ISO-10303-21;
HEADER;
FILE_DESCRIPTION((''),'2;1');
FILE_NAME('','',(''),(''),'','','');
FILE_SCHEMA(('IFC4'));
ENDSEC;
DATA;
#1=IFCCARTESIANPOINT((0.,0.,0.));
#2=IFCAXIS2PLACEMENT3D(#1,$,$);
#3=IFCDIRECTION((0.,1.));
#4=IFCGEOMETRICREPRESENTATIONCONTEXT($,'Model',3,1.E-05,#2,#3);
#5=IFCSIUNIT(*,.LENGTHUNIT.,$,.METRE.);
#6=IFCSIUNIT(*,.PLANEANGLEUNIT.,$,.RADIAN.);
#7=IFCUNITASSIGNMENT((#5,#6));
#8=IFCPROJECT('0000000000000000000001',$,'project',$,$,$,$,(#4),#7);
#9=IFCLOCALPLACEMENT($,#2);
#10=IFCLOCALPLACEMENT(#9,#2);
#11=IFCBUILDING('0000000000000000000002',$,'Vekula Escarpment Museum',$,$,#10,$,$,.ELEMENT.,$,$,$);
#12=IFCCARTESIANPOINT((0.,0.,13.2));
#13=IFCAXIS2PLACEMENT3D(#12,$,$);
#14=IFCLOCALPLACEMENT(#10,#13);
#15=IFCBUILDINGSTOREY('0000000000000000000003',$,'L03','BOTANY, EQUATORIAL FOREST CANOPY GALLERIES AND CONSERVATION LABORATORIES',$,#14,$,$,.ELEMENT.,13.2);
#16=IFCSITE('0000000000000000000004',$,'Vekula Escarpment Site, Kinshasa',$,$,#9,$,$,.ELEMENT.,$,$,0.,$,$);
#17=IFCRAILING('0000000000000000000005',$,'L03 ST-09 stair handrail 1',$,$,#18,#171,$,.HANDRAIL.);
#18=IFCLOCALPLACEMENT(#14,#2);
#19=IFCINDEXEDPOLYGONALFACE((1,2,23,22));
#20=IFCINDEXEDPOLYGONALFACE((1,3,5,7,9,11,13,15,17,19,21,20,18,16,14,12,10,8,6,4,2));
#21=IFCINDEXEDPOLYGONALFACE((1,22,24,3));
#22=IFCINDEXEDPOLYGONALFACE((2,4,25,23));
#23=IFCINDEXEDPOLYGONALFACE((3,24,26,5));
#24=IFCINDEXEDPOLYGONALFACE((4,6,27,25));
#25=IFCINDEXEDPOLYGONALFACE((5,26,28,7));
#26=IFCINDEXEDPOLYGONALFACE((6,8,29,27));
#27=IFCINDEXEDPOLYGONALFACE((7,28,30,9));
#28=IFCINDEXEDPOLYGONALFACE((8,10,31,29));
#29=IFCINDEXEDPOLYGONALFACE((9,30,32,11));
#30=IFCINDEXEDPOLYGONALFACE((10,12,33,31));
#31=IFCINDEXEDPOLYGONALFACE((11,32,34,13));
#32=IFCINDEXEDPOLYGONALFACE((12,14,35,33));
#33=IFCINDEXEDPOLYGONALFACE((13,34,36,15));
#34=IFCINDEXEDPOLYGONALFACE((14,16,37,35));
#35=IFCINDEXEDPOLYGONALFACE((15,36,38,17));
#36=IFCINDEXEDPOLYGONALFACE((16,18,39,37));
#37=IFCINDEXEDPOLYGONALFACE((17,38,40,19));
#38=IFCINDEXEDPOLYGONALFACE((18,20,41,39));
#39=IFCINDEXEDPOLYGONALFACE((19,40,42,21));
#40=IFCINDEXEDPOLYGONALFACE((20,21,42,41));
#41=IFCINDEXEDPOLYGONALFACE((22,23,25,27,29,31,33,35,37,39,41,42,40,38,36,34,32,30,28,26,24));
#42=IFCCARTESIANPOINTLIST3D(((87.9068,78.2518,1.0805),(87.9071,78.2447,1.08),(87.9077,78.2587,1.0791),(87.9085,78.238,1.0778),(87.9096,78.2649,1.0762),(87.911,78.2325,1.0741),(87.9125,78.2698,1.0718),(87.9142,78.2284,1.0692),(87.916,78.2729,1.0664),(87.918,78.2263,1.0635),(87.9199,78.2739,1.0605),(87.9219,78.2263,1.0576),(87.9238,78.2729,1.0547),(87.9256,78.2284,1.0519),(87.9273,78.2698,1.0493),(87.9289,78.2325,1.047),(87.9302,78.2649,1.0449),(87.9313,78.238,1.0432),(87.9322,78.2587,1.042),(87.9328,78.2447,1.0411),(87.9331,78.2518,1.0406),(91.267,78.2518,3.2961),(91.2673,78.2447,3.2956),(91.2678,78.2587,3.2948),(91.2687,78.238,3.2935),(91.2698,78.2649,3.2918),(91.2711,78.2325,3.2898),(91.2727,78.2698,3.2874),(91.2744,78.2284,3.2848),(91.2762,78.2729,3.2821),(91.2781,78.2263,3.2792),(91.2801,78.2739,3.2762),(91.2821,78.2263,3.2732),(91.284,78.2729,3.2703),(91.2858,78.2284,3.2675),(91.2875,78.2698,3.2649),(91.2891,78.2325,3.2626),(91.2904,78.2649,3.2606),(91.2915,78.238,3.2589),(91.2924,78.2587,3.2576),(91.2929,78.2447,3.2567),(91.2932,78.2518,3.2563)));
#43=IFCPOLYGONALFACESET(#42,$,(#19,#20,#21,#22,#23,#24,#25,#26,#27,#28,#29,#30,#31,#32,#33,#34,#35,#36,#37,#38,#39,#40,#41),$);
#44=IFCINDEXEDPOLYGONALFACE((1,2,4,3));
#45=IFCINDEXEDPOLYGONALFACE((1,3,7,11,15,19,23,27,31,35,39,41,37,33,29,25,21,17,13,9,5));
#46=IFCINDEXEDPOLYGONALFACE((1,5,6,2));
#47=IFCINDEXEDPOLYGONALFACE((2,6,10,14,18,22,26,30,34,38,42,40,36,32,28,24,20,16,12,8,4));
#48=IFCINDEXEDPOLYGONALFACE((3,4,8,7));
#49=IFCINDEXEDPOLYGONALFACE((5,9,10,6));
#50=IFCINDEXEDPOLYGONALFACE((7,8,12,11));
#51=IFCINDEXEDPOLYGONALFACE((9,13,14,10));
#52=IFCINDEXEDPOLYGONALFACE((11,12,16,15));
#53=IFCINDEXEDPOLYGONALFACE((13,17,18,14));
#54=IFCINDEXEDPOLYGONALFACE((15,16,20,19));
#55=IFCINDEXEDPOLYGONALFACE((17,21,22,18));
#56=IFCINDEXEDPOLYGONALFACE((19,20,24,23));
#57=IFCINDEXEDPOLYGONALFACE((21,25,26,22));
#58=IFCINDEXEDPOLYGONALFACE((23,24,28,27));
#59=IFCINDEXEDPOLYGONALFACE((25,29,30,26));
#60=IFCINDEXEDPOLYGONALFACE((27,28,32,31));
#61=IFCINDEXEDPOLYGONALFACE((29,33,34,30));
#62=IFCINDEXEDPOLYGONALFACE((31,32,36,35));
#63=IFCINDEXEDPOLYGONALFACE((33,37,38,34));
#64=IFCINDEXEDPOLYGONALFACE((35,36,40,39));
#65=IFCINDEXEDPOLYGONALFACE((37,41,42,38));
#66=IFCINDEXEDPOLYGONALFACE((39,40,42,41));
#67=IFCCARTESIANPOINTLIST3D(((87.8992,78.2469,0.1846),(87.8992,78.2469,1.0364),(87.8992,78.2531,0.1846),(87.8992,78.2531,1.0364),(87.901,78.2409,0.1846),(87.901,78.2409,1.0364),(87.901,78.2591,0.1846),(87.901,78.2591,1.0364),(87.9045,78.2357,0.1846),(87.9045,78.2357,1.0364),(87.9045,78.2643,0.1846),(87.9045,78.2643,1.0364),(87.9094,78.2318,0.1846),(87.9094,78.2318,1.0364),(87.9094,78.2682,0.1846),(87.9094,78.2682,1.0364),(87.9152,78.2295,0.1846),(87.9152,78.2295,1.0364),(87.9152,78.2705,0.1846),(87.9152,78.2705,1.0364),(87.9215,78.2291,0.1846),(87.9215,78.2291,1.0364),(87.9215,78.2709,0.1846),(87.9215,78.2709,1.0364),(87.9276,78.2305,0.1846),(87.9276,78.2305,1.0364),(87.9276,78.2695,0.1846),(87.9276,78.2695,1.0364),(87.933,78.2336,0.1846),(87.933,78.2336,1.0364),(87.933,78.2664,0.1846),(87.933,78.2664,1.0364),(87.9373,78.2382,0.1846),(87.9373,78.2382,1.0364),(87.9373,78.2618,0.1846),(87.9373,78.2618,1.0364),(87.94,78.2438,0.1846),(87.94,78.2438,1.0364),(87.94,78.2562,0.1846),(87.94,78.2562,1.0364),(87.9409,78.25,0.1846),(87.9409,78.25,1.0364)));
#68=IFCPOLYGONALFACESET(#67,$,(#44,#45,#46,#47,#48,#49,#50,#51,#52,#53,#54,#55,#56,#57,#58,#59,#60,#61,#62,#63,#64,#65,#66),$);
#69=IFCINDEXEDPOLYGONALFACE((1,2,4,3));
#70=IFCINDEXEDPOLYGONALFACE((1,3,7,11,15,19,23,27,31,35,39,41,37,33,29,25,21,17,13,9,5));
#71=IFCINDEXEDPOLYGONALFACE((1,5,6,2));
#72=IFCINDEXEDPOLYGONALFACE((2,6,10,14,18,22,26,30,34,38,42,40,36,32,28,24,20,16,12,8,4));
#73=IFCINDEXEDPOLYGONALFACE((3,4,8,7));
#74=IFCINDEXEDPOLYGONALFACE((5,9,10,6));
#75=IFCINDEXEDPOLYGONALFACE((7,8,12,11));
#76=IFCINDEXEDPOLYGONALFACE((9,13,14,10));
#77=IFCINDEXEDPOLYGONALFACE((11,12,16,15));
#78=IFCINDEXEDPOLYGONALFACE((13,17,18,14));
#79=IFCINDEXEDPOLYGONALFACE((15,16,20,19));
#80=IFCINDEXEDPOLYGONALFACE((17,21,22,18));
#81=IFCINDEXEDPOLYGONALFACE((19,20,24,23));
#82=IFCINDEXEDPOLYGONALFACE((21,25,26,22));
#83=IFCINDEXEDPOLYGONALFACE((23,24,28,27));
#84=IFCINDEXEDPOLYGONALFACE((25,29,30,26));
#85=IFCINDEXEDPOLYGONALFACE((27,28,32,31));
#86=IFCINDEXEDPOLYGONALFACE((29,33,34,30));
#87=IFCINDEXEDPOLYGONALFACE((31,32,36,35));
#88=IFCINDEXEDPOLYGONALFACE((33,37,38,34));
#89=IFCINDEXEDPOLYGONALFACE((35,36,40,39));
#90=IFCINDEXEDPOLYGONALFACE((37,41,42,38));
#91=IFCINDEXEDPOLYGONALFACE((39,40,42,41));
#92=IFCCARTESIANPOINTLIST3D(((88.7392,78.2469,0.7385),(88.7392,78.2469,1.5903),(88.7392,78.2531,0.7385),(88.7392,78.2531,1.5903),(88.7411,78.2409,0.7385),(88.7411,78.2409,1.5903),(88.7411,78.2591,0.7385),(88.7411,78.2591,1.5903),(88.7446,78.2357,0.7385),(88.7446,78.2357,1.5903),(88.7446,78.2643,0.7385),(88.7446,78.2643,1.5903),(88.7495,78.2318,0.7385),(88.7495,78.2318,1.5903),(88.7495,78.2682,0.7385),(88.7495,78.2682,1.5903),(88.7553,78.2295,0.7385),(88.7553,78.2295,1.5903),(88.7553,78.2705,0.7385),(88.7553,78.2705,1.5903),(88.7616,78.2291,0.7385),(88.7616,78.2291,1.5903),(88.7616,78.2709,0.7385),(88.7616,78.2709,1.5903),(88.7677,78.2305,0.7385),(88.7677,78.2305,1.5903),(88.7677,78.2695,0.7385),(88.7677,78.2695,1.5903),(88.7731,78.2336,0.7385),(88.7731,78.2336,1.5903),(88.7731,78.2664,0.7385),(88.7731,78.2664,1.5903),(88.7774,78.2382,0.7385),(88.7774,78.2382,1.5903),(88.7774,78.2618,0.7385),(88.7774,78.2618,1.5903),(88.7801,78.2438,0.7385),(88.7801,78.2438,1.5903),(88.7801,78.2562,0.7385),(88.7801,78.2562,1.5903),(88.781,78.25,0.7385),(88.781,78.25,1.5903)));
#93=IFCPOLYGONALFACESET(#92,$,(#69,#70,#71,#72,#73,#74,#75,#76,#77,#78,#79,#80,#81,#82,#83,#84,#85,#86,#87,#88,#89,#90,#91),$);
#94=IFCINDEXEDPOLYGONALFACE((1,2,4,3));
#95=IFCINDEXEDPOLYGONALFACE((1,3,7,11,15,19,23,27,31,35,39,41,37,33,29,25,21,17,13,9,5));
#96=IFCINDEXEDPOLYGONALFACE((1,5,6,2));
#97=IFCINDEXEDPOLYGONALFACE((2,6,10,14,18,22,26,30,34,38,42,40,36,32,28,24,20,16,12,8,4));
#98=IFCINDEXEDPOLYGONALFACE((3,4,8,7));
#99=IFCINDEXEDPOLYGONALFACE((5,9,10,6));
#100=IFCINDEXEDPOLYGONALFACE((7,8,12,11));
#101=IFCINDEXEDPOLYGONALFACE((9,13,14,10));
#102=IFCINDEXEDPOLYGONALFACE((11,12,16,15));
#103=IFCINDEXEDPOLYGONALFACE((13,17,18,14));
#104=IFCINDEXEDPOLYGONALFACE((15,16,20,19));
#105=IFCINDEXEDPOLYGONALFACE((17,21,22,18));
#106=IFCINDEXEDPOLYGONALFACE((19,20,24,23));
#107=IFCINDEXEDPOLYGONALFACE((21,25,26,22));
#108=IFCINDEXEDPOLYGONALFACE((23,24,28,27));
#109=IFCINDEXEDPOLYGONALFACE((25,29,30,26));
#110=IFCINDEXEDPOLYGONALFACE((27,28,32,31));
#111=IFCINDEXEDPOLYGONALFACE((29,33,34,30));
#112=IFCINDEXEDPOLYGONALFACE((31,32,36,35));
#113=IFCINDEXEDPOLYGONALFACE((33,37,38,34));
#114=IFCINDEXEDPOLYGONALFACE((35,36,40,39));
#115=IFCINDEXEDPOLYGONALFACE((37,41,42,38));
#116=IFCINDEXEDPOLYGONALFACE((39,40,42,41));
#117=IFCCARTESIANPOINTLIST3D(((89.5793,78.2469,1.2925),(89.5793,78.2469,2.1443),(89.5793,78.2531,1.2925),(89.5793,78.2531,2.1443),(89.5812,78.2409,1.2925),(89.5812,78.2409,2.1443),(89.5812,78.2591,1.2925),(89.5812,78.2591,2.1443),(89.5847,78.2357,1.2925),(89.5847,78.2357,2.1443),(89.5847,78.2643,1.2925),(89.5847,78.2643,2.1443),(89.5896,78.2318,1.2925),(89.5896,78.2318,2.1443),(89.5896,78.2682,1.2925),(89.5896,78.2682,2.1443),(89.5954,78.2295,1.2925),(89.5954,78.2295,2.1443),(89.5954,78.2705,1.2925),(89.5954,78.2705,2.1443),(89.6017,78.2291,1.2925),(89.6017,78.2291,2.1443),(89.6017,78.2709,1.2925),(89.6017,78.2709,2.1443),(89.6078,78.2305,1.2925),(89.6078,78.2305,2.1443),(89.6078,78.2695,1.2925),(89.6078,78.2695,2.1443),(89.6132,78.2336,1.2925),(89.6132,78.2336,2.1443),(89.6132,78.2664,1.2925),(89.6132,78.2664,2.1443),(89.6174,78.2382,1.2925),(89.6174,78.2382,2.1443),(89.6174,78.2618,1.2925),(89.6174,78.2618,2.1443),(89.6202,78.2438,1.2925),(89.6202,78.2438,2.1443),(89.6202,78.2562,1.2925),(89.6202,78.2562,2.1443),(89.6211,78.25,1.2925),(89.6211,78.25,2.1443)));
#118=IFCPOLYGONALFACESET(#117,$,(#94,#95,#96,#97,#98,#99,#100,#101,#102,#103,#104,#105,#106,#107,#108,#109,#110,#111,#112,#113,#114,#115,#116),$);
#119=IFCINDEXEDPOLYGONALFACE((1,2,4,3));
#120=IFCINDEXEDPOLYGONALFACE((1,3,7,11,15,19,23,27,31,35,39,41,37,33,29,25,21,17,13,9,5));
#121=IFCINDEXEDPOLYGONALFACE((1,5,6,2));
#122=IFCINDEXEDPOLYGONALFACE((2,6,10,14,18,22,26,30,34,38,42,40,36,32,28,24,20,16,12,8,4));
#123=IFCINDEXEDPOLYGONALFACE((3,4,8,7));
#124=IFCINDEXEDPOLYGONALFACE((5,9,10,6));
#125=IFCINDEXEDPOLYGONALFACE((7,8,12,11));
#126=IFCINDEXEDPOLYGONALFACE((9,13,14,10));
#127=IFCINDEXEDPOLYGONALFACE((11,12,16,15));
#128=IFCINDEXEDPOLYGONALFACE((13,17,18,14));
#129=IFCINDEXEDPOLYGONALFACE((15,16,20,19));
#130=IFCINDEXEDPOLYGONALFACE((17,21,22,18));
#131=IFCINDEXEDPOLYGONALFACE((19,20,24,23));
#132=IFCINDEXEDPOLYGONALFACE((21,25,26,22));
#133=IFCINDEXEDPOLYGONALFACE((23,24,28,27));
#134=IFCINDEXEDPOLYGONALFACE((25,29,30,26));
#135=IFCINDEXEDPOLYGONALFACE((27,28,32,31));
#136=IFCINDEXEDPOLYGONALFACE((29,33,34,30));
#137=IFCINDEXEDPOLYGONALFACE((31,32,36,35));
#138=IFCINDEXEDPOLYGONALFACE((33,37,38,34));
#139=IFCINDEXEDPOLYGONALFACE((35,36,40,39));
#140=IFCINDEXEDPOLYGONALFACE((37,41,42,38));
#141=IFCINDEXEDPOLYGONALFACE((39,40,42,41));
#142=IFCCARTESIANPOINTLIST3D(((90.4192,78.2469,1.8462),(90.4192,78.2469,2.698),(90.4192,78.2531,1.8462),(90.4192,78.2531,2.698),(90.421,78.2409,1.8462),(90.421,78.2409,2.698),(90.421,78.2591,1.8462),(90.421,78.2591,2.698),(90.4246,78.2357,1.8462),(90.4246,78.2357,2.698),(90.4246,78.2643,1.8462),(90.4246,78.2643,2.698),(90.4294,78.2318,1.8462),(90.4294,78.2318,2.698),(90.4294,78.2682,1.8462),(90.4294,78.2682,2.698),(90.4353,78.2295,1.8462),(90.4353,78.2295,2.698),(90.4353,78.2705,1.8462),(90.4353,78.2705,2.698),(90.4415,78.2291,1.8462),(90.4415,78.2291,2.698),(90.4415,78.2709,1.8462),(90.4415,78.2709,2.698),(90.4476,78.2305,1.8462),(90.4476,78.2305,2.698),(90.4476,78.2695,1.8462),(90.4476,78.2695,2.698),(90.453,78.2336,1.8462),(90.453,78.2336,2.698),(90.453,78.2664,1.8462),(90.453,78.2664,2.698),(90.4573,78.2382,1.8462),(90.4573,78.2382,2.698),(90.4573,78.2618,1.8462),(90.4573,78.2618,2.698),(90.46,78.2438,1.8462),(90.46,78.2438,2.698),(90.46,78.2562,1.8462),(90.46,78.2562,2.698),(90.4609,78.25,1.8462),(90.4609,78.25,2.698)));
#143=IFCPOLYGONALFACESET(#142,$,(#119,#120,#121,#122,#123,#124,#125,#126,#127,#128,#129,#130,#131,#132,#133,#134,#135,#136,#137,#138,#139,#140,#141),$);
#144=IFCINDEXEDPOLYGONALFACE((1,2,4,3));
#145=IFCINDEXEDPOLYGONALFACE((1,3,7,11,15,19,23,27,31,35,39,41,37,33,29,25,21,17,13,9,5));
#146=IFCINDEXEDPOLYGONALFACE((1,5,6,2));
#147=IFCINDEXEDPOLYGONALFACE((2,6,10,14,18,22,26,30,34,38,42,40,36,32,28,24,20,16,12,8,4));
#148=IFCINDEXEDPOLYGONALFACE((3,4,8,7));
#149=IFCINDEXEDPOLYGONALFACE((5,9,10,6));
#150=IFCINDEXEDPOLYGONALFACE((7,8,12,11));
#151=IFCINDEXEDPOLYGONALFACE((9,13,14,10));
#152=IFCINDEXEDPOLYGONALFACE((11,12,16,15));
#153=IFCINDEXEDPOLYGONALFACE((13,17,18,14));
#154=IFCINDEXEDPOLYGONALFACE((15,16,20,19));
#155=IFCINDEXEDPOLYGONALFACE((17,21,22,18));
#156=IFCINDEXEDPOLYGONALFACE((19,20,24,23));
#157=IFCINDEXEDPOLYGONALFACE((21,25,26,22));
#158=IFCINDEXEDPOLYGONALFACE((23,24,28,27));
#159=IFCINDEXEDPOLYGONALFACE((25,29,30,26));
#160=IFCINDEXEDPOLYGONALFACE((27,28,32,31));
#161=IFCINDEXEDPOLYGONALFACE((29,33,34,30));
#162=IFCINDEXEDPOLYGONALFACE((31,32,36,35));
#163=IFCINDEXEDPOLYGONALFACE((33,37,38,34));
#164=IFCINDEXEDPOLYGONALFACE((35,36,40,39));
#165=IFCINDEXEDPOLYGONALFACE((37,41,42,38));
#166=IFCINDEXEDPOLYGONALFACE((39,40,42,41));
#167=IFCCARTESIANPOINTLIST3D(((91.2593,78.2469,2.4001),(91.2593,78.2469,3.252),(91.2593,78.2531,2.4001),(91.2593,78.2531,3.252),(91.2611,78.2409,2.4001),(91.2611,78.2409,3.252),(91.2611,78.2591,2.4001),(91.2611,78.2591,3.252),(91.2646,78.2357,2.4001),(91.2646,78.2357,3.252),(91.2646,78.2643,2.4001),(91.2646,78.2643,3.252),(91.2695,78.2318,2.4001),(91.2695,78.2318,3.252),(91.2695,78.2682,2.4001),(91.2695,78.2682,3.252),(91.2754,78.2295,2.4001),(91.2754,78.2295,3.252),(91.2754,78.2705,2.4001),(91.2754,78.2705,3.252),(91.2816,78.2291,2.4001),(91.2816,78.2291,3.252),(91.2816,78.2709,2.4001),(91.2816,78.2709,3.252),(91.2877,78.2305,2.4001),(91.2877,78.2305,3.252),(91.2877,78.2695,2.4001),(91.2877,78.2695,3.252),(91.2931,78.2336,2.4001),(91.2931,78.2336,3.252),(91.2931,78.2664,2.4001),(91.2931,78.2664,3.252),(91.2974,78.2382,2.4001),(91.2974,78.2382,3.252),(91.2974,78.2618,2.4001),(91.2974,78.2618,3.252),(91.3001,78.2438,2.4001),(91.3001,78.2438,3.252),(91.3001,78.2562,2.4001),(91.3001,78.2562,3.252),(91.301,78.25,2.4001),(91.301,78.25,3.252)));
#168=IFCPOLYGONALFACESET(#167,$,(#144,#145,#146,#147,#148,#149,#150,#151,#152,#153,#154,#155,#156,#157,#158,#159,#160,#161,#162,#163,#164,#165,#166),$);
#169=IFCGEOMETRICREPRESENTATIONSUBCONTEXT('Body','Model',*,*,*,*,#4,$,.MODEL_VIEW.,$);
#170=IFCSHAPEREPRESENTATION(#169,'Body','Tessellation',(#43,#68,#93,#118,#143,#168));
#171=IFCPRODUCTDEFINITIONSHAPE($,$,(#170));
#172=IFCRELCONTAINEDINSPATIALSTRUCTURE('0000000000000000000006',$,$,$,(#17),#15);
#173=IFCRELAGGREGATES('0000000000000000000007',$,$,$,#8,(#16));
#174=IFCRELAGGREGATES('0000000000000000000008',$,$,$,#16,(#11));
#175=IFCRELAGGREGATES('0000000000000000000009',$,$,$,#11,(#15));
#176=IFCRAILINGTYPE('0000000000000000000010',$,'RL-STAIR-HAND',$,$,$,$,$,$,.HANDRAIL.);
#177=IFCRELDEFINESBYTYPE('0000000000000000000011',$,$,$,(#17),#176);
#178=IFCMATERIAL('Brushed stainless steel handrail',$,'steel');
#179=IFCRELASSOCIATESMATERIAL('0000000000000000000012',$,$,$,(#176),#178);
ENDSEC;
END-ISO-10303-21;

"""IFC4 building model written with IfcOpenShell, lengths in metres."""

from ifc_helpers import new_model, si_unit, direction, frame, origin, origin_2d, place, context, subcontext, project, spatial, circle, extrude, material, type_object, element, save


model = new_model("IFC4")

# Units and contexts
model_context = context("Model", 3, precision=1e-05, world=origin(), true_north=direction((0.0, 1.0)))
body_context = subcontext(model_context, "Body", "Model", "MODEL_VIEW")
ifc_project = project(units=[si_unit("LENGTHUNIT", "METRE"), si_unit("PLANEANGLEUNIT", "RADIAN")], contexts=[model_context])

# Site, building, storey
site_placement = place(None, origin())
site = spatial("IfcSite", under=ifc_project, at=site_placement, Name="Vekula Escarpment Site, Kinshasa", CompositionType="ELEMENT", RefElevation=0.0)
building_placement = place(site_placement, origin())
building = spatial("IfcBuilding", under=site, at=building_placement, Name="Vekula Escarpment Museum", CompositionType="ELEMENT")
storey_placement = place(building_placement, frame((0.0, 0.0, 13.2)))
storey = spatial("IfcBuildingStorey", under=building, at=storey_placement, Name="L03", Description="BOTANY, EQUATORIAL FOREST CANOPY GALLERIES AND CONSERVATION LABORATORIES", CompositionType="ELEMENT", Elevation=13.2)

# Railing
ifc_material_1 = material(Name="Brushed stainless steel handrail", Category="steel")
railing_type_1 = type_object("IfcRailingType", Name="RL-STAIR-HAND", PredefinedType="HANDRAIL", material=ifc_material_1)
railing_1_placement = place(storey_placement, frame((87.9199, 78.25, 0.1846)))
element("IfcRailing", 1, at=railing_1_placement, inside=storey, type_object=railing_type_1, Name="L03 ST-09 stair handrail 1", PredefinedType="HANDRAIL", context=body_context, shape_type="SweptSolid", body=[
    extrude(circle(Radius=0.0239, at=origin_2d()), frame((0.0, 0.0, 0.876), z_axis=(0.834849, 0.0, 0.55048), x_axis=(0.0, 1.0, 0.0)), (0.0, 0.0, 1.0), 4.0249),
    extrude(circle(Radius=0.021, at=origin_2d()), origin(), (0.0, 0.0, 1.0), 0.8518),
    extrude(circle(Radius=0.021, at=origin_2d()), frame((0.8401, 0.0, 0.554)), (0.0, 0.0, 1.0), 0.8518),
    extrude(circle(Radius=0.021, at=origin_2d()), frame((1.6802, 0.0, 1.1079)), (0.0, 0.0, 1.0), 0.8518),
    extrude(circle(Radius=0.021, at=origin_2d()), frame((2.52, 0.0, 1.6616)), (0.0, 0.0, 1.0), 0.8518),
    extrude(circle(Radius=0.021, at=origin_2d()), frame((3.3601, 0.0, 2.2156)), (0.0, 0.0, 1.0), 0.8518),
])

save(model, "model.ifc")
